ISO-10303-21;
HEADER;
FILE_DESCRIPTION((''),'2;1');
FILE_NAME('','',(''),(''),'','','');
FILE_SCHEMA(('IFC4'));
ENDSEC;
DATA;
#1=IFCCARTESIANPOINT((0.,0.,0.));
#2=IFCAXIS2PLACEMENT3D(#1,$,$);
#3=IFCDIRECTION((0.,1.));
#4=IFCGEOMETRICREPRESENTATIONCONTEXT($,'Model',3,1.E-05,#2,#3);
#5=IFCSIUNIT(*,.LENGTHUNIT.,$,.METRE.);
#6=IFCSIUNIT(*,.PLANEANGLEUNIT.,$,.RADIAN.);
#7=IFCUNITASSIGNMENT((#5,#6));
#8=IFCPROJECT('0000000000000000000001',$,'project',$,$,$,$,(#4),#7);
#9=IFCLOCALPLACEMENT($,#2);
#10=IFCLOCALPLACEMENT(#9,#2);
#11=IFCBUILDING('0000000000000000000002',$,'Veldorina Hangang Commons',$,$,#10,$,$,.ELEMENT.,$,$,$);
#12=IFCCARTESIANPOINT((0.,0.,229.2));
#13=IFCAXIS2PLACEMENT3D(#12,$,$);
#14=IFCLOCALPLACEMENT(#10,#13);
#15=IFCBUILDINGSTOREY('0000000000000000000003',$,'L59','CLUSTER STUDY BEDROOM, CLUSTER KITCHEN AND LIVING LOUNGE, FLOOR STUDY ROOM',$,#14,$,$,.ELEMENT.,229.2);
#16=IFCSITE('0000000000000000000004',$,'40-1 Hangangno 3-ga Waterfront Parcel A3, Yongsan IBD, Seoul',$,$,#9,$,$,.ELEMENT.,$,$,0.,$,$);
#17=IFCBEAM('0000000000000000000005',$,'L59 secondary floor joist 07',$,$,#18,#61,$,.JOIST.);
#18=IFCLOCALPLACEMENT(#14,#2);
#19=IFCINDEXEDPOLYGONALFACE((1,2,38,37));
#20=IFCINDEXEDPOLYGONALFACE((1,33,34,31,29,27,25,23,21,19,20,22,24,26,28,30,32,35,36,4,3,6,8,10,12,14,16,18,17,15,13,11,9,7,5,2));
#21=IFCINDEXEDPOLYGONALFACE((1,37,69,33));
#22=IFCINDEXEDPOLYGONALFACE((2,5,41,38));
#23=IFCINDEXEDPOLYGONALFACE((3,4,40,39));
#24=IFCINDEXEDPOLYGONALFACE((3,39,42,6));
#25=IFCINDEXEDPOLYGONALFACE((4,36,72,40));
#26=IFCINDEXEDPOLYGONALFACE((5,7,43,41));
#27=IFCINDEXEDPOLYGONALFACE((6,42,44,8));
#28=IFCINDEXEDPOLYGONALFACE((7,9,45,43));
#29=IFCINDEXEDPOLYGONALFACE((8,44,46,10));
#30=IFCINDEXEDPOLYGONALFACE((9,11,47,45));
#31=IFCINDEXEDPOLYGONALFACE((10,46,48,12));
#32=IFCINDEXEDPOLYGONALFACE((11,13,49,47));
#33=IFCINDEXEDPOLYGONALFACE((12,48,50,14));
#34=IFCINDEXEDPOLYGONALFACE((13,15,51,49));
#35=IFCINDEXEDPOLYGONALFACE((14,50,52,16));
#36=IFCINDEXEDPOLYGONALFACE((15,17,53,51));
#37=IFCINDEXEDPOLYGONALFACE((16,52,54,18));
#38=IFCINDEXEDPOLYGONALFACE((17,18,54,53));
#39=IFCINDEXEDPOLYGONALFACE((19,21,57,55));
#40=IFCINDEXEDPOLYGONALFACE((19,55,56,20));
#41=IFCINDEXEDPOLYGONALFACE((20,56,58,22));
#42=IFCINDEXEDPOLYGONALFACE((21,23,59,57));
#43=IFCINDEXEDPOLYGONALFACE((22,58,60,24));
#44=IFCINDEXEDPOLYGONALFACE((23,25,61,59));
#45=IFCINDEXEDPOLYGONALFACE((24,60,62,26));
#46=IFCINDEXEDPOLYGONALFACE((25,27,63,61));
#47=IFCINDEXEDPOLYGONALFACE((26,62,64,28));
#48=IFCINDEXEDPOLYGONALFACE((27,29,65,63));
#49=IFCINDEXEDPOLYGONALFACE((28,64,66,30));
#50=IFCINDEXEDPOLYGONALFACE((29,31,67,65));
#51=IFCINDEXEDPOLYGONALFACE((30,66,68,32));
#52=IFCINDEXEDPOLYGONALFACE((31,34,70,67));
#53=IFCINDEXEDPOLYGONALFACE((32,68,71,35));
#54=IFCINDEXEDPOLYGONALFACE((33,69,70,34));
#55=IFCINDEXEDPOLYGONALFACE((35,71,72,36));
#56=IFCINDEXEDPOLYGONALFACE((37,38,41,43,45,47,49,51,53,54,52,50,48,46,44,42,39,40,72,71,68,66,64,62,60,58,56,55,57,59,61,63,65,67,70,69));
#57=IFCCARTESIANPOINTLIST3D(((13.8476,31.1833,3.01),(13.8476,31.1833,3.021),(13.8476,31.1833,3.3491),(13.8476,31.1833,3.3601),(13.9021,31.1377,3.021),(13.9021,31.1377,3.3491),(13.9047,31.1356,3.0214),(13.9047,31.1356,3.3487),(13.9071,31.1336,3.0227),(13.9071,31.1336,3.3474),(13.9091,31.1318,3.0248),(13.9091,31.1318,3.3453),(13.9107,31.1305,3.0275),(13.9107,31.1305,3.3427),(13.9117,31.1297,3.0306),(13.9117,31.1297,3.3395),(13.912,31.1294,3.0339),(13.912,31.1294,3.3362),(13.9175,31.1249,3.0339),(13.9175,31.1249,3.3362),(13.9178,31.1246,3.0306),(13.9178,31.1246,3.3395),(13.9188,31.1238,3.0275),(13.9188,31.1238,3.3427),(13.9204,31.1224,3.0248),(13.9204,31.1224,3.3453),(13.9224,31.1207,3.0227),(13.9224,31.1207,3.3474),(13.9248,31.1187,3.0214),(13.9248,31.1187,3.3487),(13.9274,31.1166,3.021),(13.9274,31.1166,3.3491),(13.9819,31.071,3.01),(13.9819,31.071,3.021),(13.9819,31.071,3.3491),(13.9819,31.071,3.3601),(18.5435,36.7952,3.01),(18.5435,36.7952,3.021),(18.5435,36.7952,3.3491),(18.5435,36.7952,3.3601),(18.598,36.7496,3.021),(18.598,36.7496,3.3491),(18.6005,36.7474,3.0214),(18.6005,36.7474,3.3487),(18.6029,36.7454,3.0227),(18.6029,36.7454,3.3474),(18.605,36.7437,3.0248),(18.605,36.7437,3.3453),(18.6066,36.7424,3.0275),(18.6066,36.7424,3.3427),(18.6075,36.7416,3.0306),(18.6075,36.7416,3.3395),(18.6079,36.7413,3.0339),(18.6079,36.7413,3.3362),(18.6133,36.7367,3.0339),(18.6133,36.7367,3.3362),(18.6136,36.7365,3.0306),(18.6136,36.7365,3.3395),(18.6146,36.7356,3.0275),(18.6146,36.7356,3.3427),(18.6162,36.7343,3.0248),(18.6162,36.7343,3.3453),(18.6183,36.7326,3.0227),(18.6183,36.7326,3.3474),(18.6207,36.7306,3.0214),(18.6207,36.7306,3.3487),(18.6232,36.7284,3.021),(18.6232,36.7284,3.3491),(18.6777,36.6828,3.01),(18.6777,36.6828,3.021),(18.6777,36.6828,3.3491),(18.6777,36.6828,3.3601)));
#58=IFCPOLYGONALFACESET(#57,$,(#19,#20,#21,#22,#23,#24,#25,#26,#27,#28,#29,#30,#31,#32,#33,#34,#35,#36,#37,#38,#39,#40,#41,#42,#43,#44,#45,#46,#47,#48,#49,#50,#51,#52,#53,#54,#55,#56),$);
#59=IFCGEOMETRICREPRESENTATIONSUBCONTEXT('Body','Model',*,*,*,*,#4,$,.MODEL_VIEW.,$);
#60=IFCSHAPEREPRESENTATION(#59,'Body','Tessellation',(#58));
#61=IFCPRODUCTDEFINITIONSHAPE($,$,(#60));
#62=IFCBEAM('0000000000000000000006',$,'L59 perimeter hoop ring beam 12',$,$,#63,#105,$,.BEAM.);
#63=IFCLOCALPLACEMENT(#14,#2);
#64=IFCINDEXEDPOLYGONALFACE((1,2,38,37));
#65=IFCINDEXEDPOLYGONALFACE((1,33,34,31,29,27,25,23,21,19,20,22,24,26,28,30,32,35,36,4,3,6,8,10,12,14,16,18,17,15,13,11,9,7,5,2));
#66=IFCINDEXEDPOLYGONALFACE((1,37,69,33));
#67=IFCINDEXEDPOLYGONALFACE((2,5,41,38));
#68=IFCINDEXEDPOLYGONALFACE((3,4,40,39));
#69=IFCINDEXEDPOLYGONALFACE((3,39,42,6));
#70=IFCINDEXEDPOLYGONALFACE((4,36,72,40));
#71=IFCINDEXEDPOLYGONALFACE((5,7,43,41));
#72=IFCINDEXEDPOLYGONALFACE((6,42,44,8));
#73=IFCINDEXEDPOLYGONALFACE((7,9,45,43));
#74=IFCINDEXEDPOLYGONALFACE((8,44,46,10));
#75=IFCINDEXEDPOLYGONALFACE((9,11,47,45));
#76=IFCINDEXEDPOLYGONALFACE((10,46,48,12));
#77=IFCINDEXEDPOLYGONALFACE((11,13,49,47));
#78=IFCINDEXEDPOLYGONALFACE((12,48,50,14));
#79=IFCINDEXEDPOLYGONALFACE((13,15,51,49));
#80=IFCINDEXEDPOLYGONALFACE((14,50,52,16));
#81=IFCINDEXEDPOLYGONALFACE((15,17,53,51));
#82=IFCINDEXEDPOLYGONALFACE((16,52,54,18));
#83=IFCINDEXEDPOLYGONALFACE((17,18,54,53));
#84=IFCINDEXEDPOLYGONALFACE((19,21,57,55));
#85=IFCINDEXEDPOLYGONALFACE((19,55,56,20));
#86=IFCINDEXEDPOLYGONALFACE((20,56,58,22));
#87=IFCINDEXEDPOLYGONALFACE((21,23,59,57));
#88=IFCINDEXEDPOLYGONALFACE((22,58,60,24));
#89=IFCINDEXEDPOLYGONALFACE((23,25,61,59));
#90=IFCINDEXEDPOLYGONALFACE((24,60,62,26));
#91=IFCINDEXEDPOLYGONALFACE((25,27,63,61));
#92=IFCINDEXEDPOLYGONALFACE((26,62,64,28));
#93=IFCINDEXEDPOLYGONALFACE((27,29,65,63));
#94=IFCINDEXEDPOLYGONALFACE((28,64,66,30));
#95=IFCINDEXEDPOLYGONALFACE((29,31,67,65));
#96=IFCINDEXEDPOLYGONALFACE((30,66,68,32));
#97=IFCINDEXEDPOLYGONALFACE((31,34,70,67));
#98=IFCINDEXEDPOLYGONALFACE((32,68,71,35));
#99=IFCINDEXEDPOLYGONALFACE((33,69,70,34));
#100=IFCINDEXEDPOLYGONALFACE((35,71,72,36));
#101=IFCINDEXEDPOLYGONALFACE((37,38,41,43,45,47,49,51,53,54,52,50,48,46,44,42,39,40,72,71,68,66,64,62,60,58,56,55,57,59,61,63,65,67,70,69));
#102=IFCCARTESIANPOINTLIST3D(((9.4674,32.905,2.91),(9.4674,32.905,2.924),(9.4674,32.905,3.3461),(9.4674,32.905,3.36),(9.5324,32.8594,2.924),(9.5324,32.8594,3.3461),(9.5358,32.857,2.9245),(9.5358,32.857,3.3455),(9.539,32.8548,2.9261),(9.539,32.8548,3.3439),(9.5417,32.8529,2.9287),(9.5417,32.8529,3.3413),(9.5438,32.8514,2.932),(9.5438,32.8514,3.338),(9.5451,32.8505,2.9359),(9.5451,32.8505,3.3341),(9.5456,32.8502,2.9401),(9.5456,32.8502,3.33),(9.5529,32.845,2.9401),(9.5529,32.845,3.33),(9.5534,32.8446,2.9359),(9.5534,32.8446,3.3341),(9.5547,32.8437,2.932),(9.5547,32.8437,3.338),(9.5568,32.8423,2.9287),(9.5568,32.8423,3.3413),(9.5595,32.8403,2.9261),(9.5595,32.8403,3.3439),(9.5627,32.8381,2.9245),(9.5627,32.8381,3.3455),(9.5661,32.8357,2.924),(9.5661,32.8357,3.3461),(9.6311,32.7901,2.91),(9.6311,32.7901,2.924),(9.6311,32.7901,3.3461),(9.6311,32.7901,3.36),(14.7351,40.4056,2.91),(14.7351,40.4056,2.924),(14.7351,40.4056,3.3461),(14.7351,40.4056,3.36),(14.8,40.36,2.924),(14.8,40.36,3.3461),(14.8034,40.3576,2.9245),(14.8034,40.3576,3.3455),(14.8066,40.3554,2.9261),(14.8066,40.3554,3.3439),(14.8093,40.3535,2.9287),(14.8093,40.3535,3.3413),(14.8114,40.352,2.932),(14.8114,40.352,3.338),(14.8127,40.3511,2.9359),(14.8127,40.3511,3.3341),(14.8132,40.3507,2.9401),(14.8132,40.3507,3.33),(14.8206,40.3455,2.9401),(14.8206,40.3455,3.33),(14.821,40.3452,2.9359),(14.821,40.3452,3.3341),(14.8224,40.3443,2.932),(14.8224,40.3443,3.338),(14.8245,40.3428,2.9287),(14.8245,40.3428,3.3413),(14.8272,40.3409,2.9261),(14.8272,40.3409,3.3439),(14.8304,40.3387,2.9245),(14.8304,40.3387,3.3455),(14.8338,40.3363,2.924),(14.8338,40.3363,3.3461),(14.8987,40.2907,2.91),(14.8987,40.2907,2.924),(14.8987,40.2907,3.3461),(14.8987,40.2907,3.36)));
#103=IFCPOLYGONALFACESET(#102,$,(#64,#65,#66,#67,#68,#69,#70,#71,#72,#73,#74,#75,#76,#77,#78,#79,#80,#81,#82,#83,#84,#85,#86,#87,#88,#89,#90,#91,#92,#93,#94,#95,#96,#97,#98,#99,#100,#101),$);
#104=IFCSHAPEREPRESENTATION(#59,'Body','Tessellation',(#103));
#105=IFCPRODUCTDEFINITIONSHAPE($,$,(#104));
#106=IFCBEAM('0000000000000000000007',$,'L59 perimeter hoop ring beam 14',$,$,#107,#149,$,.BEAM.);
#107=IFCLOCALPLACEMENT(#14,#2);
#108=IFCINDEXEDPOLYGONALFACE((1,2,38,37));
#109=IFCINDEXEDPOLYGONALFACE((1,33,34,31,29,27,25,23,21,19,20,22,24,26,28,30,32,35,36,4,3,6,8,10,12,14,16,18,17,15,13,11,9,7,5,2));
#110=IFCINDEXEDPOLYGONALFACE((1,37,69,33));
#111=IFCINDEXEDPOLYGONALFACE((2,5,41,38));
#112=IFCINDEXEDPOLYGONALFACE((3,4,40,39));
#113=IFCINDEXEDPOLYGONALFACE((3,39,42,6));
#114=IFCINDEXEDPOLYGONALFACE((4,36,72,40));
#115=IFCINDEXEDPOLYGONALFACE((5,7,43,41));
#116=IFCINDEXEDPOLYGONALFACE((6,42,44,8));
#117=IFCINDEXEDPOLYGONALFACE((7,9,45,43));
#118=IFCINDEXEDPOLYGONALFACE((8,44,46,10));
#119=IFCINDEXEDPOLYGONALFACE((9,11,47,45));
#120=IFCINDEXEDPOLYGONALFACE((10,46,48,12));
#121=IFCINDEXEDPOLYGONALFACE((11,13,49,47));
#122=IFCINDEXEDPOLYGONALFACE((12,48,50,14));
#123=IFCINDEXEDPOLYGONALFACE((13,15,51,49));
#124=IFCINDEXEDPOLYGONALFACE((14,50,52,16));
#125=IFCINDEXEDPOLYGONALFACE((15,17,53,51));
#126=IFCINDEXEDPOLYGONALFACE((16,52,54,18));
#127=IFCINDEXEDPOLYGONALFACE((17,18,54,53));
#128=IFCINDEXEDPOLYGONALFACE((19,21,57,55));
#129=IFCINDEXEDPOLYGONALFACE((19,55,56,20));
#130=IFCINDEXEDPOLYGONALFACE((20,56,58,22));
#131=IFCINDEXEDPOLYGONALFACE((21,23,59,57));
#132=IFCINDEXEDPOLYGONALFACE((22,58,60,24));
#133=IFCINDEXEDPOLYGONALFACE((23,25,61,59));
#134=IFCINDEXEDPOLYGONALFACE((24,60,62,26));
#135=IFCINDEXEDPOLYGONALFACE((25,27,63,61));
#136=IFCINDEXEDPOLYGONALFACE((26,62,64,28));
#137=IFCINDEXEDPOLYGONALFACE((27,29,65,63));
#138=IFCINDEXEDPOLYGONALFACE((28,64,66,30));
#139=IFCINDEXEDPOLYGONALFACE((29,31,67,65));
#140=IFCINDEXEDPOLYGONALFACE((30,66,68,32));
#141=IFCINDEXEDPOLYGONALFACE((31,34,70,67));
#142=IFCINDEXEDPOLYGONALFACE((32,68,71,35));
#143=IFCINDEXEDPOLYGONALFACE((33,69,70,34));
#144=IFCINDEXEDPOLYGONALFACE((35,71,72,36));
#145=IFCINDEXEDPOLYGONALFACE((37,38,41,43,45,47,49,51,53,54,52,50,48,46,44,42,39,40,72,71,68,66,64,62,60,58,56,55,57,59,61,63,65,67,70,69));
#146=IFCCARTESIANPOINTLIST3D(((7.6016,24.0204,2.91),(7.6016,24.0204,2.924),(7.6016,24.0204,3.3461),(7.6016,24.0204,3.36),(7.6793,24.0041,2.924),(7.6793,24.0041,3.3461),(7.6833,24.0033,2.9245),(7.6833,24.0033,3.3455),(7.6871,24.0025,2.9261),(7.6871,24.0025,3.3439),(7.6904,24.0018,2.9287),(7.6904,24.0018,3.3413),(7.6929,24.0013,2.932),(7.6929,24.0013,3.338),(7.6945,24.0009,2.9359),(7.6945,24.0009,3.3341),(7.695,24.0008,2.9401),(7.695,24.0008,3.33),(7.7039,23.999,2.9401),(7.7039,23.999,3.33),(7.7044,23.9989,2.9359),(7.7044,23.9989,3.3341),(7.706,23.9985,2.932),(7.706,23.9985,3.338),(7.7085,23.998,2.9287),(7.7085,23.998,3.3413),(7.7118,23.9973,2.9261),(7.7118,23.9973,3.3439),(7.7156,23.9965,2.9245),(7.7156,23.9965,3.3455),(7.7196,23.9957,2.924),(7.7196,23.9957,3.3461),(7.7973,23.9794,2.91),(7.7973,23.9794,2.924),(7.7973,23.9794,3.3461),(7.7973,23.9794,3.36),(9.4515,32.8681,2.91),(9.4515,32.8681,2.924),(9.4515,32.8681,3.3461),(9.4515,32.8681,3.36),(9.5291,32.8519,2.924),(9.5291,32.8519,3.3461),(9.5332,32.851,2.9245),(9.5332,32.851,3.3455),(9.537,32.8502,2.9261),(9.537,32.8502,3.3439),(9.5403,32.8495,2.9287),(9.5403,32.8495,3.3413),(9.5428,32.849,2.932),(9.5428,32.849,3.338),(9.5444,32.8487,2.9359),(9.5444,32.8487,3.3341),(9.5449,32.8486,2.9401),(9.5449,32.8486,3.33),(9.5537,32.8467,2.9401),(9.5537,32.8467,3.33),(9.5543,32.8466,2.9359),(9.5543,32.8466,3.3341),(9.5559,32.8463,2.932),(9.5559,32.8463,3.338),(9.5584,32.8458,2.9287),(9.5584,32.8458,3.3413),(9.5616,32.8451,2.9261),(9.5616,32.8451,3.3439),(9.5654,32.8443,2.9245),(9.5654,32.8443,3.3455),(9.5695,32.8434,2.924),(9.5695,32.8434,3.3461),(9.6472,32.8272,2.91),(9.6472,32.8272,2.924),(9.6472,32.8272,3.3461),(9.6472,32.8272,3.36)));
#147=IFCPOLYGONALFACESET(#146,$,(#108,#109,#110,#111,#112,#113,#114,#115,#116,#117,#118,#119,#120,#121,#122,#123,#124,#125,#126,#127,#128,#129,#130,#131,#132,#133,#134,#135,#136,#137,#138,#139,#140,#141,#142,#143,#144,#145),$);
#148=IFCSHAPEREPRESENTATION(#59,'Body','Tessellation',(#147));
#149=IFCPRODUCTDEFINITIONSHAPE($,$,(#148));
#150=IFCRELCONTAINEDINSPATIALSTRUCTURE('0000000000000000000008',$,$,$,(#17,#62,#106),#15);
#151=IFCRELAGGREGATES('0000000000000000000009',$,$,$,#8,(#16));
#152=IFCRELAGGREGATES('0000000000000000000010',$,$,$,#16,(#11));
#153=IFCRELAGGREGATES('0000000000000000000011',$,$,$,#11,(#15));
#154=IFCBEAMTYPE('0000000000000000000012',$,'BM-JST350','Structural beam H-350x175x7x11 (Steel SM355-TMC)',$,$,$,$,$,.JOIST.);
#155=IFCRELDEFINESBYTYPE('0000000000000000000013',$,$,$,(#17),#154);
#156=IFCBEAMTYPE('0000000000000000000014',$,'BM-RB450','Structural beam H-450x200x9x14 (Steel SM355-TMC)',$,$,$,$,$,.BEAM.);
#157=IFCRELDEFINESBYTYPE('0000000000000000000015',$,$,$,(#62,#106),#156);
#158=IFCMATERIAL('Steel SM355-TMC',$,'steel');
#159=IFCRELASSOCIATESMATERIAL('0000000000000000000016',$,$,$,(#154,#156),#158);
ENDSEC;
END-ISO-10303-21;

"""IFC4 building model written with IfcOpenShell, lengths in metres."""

from ifc_helpers import new_model, si_unit, direction, frame, origin, origin_2d, place, context, subcontext, project, spatial, i_section, extrude, material, material_profile, profile_set, type_object, element, save


model = new_model("IFC4")

# Units and contexts
model_context = context("Model", 3, precision=1e-05, world=origin(), true_north=direction((0.0, 1.0)))
body_context = subcontext(model_context, "Body", "Model", "MODEL_VIEW")
ifc_project = project(units=[si_unit("LENGTHUNIT", "METRE"), si_unit("PLANEANGLEUNIT", "RADIAN")], contexts=[model_context])

# Site, building, storey
site_placement = place(None, origin())
site = spatial("IfcSite", under=ifc_project, at=site_placement, Name="40-1 Hangangno 3-ga Waterfront Parcel A3, Yongsan IBD, Seoul", CompositionType="ELEMENT", RefElevation=0.0)
building_placement = place(site_placement, origin())
building = spatial("IfcBuilding", under=site, at=building_placement, Name="Veldorina Hangang Commons", CompositionType="ELEMENT")
storey_placement = place(building_placement, frame((0.0, 0.0, 229.2)))
storey = spatial("IfcBuildingStorey", under=building, at=storey_placement, Name="L59", Description="CLUSTER STUDY BEDROOM, CLUSTER KITCHEN AND LIVING LOUNGE, FLOOR STUDY ROOM", CompositionType="ELEMENT", Elevation=229.2)

# Beams
ifc_material_1 = material(Name="Steel SM355-TMC", Category="steel")
ifc_material_profile_1 = material_profile(ifc_material_1, i_section(OverallWidth=0.175, OverallDepth=0.3501, WebThickness=0.0071, FlangeThickness=0.011, FilletRadius=0.0129, at=origin_2d()), Name="H-350x175x7x11")
ifc_profile_set_1 = profile_set([ifc_material_profile_1], Name="Steel SM355-TMC")
beam_type_1 = type_object("IfcBeamType", Name="BM-JST350", Description="Structural beam H-350x175x7x11 (Steel SM355-TMC)", PredefinedType="JOIST", material=ifc_profile_set_1)
beam_1_placement = place(storey_placement, frame((18.6106, 36.739, 3.1851), z_axis=(-0.641739, -0.766923, 0.0), x_axis=(0.766923, -0.641739, 0.0)))
element("IfcBeam", 1, at=beam_1_placement, inside=storey, type_object=beam_type_1, Name="L59 secondary floor joist 07", PredefinedType="JOIST", context=body_context, shape_type="SweptSolid", body=[
    extrude(i_section(OverallWidth=0.175, OverallDepth=0.3501, WebThickness=0.0071, FlangeThickness=0.011, FilletRadius=0.0129, at=origin_2d()), origin(), (0.0, 0.0, 1.0), 7.3174),
])
ifc_material_profile_2 = material_profile(ifc_material_1, i_section(OverallWidth=0.2, OverallDepth=0.45, WebThickness=0.009, FlangeThickness=0.0139, FilletRadius=0.0161, at=origin_2d()), Name="H-450x200x9x14")
ifc_profile_set_2 = profile_set([ifc_material_profile_2], Name="Steel SM355-TMC")
beam_type_2 = type_object("IfcBeamType", Name="BM-RB450", Description="Structural beam H-450x200x9x14 (Steel SM355-TMC)", PredefinedType="BEAM", material=ifc_profile_set_2)
beam_2_placement = place(storey_placement, frame((14.8169, 40.3481, 3.135), z_axis=(-0.574724, -0.818347, 0.0), x_axis=(0.818347, -0.574724, 0.0)))
element("IfcBeam", 2, at=beam_2_placement, inside=storey, type_object=beam_type_2, Name="L59 perimeter hoop ring beam 12", PredefinedType="BEAM", context=body_context, shape_type="SweptSolid", body=[
    extrude(i_section(OverallWidth=0.2, OverallDepth=0.45, WebThickness=0.009, FlangeThickness=0.0139, FilletRadius=0.0161, at=origin_2d()), origin(), (0.0, 0.0, 1.0), 9.1655),
])
beam_3_placement = place(storey_placement, frame((9.5493, 32.8477, 3.135), z_axis=(-0.204653, -0.978835, 0.0), x_axis=(0.978835, -0.204653, 0.0)))
element("IfcBeam", 3, at=beam_3_placement, inside=storey, type_object=beam_type_2, Name="L59 perimeter hoop ring beam 14", PredefinedType="BEAM", context=body_context, shape_type="SweptSolid", body=[
    extrude(i_section(OverallWidth=0.2, OverallDepth=0.45, WebThickness=0.009, FlangeThickness=0.0139, FilletRadius=0.0161, at=origin_2d()), origin(), (0.0, 0.0, 1.0), 9.0391),
])

save(model, "model.ifc")
